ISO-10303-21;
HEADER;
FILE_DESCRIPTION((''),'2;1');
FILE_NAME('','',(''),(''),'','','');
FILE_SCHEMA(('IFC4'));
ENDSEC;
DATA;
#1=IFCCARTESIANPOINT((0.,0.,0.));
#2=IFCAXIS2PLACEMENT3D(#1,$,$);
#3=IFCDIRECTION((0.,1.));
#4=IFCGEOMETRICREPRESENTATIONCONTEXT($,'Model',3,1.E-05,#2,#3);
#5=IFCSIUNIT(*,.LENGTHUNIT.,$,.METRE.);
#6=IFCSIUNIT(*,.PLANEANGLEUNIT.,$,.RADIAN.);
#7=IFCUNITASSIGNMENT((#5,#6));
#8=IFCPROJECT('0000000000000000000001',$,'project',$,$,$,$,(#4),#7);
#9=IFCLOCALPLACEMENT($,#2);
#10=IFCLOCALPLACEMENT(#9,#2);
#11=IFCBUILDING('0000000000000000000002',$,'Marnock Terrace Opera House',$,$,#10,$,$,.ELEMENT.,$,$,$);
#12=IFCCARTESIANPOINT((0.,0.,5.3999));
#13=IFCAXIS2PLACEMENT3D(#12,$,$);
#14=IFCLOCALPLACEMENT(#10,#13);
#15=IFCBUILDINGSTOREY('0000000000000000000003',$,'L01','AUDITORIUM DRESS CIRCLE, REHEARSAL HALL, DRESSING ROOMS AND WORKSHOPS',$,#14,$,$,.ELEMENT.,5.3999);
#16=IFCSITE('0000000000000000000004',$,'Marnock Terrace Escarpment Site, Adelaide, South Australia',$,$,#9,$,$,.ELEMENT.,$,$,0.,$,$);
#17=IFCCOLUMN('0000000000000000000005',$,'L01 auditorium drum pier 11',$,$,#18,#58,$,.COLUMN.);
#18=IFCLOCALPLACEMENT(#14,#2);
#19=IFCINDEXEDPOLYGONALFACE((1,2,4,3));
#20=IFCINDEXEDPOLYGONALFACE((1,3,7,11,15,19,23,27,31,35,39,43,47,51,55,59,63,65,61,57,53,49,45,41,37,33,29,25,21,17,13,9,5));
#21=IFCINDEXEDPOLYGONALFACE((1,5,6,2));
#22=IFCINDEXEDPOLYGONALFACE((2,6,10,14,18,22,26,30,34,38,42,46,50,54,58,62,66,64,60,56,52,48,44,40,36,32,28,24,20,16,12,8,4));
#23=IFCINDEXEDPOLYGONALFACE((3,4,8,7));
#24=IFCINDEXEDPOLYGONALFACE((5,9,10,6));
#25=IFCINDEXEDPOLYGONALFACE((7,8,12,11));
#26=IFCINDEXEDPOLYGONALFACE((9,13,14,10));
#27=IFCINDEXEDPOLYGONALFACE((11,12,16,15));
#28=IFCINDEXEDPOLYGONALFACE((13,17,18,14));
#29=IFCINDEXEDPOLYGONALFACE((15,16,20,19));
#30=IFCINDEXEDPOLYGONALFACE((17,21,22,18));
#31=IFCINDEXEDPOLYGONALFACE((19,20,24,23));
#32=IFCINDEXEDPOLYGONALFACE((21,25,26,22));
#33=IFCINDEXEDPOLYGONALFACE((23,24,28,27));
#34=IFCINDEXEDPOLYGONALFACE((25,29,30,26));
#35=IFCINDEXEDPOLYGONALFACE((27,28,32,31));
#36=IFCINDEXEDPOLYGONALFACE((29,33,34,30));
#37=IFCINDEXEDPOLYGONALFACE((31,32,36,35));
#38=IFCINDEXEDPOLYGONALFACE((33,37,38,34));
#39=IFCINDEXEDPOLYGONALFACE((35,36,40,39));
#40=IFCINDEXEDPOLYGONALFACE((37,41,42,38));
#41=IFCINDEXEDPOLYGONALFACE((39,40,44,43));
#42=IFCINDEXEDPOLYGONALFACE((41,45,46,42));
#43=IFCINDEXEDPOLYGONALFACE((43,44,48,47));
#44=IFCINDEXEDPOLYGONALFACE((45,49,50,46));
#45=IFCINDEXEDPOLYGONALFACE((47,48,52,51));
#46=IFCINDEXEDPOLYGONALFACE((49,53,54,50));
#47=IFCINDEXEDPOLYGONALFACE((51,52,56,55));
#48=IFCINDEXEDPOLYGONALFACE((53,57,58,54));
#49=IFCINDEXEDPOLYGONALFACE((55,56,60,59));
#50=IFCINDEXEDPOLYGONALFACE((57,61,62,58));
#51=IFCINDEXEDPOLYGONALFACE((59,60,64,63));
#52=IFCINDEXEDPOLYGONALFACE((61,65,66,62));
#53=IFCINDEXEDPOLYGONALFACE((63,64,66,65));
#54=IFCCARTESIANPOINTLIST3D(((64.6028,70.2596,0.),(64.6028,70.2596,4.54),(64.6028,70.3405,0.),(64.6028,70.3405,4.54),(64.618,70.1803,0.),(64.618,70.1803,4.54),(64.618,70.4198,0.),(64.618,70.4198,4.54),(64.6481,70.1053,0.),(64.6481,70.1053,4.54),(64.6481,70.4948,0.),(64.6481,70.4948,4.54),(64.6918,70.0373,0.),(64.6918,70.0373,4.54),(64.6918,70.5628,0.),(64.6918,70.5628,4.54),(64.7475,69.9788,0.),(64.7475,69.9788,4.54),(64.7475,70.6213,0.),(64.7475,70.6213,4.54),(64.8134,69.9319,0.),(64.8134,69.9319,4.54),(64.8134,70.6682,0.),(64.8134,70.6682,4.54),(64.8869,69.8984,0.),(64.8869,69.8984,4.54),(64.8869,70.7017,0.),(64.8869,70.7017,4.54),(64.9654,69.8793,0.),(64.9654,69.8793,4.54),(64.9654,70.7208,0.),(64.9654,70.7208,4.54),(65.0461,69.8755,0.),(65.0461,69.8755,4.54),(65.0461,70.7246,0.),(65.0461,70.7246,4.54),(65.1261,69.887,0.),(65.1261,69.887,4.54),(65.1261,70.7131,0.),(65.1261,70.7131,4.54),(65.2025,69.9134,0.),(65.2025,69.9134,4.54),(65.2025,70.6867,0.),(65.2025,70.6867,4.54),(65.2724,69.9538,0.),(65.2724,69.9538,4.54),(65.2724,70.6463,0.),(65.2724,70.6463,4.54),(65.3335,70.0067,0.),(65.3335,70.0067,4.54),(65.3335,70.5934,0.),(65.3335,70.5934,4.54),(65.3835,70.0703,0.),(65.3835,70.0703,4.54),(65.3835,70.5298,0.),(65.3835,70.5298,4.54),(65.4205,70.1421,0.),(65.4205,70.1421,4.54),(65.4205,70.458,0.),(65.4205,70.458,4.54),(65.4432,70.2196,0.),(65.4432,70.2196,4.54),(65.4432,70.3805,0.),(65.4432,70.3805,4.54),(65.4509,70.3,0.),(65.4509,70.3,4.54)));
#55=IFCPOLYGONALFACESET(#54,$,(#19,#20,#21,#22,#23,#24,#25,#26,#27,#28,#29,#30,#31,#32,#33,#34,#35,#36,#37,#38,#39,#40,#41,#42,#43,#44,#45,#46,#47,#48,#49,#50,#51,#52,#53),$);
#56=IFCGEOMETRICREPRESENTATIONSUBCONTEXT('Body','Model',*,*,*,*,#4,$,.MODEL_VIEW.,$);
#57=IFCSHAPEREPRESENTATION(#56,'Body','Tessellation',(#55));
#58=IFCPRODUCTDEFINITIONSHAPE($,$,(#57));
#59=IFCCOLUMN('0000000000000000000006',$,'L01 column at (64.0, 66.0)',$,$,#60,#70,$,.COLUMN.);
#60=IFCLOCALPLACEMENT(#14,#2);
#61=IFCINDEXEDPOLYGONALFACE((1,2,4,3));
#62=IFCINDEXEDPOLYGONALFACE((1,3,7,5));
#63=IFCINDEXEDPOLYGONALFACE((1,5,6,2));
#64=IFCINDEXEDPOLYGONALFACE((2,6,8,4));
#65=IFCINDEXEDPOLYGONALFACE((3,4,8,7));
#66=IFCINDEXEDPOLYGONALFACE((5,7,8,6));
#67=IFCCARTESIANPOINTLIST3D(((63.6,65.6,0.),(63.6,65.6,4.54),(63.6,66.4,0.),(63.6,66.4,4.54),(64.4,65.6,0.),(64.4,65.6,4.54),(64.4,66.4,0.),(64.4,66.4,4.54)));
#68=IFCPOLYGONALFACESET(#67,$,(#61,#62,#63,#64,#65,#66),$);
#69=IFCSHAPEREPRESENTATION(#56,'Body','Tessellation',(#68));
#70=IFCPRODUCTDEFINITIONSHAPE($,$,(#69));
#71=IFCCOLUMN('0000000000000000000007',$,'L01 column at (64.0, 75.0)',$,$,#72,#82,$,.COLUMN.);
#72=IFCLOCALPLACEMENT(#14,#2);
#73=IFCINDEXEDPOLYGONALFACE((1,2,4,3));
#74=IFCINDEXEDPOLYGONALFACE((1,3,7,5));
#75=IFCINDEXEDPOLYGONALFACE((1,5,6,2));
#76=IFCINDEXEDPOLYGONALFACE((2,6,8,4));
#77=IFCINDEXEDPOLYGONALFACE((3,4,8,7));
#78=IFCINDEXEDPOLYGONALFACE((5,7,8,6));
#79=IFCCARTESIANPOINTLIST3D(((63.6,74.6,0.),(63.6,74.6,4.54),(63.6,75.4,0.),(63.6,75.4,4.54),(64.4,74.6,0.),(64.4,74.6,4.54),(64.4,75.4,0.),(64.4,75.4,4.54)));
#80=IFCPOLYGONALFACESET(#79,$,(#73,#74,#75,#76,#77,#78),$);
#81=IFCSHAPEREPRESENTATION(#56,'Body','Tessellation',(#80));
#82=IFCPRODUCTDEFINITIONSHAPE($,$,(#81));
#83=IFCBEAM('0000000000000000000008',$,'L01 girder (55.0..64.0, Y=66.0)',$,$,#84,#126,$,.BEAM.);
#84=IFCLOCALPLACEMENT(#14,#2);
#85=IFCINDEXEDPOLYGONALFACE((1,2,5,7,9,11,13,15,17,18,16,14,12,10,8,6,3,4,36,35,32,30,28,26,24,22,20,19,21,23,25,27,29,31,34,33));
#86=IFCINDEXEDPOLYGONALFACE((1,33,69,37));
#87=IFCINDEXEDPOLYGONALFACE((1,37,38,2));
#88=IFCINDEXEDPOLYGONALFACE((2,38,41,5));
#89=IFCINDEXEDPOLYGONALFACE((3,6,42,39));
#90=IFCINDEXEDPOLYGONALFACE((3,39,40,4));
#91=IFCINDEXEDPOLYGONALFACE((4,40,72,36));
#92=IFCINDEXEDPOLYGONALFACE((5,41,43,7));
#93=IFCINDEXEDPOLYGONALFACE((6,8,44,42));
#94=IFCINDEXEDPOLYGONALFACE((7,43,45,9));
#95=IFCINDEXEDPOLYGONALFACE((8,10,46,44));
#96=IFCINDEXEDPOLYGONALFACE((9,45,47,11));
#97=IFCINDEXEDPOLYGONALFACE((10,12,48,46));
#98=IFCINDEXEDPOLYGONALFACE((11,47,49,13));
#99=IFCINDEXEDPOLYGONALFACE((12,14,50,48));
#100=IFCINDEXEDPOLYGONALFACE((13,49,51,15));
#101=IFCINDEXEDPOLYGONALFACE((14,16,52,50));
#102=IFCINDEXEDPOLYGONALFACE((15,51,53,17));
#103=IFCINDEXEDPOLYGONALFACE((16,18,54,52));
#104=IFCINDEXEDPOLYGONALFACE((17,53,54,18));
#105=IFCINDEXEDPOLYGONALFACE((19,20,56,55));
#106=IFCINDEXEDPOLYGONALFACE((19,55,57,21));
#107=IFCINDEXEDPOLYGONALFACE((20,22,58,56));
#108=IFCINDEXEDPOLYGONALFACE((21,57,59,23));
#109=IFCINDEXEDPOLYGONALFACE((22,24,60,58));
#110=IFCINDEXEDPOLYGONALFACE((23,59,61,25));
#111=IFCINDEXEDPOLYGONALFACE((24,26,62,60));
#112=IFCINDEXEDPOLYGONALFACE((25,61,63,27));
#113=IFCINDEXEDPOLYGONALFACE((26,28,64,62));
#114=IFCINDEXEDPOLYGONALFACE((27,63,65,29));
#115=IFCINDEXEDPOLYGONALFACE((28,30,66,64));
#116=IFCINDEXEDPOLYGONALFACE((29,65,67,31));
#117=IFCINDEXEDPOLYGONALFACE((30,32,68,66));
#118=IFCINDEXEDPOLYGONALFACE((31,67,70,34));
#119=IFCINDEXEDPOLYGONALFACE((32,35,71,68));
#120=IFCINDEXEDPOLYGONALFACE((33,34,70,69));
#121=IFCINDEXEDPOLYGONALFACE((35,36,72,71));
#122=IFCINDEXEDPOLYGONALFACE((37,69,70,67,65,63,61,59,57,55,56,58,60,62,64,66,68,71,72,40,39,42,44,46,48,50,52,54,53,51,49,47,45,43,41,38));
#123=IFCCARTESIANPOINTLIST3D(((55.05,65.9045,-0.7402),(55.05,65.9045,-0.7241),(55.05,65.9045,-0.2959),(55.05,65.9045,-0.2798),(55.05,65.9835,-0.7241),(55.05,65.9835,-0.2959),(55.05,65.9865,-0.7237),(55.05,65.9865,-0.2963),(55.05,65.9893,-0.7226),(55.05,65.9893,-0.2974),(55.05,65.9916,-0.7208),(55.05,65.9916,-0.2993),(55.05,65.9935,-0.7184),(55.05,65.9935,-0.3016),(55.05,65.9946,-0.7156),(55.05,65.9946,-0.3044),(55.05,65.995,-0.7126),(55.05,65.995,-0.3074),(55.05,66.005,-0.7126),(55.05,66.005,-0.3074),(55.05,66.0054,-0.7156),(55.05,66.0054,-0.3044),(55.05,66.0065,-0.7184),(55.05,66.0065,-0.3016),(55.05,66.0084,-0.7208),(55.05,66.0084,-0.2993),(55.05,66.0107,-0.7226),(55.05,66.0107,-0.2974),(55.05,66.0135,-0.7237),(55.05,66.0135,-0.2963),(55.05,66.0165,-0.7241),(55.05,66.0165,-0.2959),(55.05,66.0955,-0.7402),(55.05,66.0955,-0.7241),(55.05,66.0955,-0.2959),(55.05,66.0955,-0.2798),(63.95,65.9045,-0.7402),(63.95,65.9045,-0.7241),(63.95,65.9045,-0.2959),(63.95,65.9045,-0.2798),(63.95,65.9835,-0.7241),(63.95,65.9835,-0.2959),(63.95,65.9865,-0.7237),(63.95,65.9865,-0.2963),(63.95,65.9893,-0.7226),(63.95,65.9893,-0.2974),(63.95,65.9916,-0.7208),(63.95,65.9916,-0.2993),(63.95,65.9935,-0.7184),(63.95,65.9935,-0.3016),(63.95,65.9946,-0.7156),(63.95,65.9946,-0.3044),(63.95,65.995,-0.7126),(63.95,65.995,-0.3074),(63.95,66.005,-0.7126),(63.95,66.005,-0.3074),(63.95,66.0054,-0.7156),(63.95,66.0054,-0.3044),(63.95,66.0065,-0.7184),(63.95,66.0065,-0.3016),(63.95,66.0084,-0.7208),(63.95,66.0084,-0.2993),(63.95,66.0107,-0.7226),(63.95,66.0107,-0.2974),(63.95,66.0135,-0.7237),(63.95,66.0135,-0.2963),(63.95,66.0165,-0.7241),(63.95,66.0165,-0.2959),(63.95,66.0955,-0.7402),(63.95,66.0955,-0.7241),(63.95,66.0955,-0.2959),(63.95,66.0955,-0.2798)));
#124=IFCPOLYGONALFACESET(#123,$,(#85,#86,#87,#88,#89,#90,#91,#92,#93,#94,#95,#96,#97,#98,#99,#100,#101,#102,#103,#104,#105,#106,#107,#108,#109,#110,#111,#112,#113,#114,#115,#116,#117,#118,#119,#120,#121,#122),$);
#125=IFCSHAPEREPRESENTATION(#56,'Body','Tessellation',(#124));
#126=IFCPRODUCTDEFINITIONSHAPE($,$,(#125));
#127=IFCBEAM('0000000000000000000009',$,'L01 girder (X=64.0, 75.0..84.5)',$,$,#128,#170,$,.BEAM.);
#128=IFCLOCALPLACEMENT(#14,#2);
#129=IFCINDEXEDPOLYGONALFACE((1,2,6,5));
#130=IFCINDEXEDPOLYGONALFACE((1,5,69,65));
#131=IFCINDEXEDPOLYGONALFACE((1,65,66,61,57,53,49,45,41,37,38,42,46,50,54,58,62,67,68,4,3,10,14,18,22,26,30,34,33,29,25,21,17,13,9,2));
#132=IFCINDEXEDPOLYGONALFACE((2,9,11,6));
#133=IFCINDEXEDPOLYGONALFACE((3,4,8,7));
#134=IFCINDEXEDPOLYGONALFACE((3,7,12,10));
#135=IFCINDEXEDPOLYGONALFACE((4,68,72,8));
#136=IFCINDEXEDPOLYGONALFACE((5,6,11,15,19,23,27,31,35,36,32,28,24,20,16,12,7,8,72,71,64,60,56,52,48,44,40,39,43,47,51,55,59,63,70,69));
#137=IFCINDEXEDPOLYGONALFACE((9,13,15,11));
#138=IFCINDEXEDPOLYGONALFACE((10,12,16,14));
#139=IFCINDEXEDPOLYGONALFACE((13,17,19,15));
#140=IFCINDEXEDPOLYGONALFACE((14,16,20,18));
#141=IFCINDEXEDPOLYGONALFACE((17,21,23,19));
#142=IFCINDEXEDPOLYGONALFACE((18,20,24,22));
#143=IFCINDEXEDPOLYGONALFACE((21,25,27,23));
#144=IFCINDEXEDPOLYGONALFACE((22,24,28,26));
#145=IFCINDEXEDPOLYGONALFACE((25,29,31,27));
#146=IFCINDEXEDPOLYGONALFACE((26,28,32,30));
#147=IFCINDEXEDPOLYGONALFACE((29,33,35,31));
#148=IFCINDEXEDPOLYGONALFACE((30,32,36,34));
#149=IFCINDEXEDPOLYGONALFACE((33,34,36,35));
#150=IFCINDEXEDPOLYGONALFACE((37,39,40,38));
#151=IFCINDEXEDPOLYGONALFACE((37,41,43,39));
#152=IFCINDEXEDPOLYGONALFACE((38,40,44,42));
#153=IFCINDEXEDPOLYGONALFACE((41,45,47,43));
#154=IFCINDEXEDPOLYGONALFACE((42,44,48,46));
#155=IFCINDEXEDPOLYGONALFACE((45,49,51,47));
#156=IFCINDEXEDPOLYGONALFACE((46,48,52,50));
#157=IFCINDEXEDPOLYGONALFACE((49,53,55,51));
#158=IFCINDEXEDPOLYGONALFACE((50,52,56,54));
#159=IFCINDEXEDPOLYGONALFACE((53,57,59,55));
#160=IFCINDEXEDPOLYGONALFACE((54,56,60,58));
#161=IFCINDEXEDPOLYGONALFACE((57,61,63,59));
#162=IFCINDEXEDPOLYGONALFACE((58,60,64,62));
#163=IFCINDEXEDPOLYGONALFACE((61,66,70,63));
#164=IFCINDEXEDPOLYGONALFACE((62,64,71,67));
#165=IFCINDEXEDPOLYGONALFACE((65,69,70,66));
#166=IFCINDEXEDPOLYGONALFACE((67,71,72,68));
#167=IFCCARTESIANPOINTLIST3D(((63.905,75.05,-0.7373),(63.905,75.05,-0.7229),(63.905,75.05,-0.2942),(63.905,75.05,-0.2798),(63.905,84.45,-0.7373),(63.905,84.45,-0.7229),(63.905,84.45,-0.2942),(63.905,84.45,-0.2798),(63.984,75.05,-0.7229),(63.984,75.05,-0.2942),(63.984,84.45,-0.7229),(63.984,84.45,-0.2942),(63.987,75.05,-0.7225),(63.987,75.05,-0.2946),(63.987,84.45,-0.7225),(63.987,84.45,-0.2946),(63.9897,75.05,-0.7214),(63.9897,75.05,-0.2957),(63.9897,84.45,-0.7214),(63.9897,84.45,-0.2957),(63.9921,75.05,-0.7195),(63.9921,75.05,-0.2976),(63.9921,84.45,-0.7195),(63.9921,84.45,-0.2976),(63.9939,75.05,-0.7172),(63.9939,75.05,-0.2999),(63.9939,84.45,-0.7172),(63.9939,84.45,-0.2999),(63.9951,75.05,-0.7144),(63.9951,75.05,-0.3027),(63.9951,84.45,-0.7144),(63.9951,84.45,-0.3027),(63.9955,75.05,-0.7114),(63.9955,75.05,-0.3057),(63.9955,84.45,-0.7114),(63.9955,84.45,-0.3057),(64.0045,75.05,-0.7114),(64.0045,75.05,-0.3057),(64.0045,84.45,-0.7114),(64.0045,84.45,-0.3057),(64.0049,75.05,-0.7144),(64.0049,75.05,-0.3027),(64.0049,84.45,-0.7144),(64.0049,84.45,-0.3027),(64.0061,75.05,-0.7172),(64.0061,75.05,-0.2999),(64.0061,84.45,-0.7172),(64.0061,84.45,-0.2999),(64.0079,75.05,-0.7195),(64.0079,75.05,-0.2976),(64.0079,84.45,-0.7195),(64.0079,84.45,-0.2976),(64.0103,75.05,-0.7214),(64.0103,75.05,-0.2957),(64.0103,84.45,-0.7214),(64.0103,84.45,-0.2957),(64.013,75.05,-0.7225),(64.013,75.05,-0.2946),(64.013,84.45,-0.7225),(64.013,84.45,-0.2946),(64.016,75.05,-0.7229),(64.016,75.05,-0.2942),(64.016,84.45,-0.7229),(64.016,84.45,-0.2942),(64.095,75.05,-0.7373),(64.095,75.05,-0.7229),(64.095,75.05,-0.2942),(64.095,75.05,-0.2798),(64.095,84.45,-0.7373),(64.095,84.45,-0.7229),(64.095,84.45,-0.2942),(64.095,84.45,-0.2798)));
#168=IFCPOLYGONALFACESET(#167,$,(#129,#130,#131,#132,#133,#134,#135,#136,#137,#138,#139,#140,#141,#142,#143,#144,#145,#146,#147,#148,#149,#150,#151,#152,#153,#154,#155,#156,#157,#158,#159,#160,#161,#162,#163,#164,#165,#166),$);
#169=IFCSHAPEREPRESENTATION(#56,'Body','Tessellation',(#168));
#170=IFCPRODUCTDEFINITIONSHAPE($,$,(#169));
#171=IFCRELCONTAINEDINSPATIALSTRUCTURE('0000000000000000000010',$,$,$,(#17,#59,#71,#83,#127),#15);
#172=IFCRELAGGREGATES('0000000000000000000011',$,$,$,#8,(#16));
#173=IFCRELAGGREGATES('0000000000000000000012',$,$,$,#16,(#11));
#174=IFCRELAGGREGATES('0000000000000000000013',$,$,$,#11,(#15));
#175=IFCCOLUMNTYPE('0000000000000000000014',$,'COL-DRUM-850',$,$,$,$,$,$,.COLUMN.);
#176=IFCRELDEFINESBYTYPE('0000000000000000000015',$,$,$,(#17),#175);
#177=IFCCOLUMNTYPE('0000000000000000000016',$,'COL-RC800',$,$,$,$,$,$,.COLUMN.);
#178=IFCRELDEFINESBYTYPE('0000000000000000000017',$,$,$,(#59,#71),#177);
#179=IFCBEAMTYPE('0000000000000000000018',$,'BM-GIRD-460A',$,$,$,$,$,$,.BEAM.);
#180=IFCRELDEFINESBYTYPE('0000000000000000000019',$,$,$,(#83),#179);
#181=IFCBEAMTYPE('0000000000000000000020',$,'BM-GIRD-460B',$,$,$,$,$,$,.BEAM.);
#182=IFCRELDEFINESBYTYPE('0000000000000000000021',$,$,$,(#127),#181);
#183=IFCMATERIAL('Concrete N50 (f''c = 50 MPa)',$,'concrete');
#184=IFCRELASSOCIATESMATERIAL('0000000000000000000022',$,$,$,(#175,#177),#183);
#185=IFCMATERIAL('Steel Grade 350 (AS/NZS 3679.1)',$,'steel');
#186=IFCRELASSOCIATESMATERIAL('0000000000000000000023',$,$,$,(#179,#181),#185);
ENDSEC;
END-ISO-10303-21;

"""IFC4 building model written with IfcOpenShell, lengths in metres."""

from ifc_helpers import new_model, si_unit, direction, frame, origin, origin_2d, place, context, subcontext, project, spatial, rectangle, circle, i_section, extrude, material, material_profile, profile_set, type_object, element, save


model = new_model("IFC4")

# Units and contexts
model_context = context("Model", 3, precision=1e-05, world=origin(), true_north=direction((0.0, 1.0)))
body_context = subcontext(model_context, "Body", "Model", "MODEL_VIEW")
ifc_project = project(units=[si_unit("LENGTHUNIT", "METRE"), si_unit("PLANEANGLEUNIT", "RADIAN")], contexts=[model_context])

# Site, building, storey
site_placement = place(None, origin())
site = spatial("IfcSite", under=ifc_project, at=site_placement, Name="Marnock Terrace Escarpment Site, Adelaide, South Australia", CompositionType="ELEMENT", RefElevation=0.0)
building_placement = place(site_placement, origin())
building = spatial("IfcBuilding", under=site, at=building_placement, Name="Marnock Terrace Opera House", CompositionType="ELEMENT")
storey_placement = place(building_placement, frame((0.0, 0.0, 5.3999)))
storey = spatial("IfcBuildingStorey", under=building, at=storey_placement, Name="L01", Description="AUDITORIUM DRESS CIRCLE, REHEARSAL HALL, DRESSING ROOMS AND WORKSHOPS", CompositionType="ELEMENT", Elevation=5.3999)

# Columns
ifc_material_1 = material(Name="Concrete N50 (f'c = 50 MPa)", Category="concrete")
ifc_material_profile_1 = material_profile(ifc_material_1, circle(Radius=0.425, at=origin_2d()))
ifc_profile_set_1 = profile_set([ifc_material_profile_1], Name="Concrete N50 (f'c = 50 MPa)")
column_type_1 = type_object("IfcColumnType", Name="COL-DRUM-850", PredefinedType="COLUMN", material=ifc_profile_set_1)
column_placement = place(storey_placement, frame((65.0259, 70.3, 0.0), z_axis=(0.0, 0.0, 1.0), x_axis=(1.0, 0.0, 0.0)))
element("IfcColumn", 1, at=column_placement, inside=storey, type_object=column_type_1, Name="L01 auditorium drum pier 11", PredefinedType="COLUMN", context=body_context, shape_type="SweptSolid", body=[
    extrude(circle(Radius=0.425, at=origin_2d()), origin(), (0.0, 0.0, 1.0), 4.54),
])
ifc_material_profile_2 = material_profile(ifc_material_1, rectangle(XDim=0.8, YDim=0.8, at=origin_2d()))
ifc_profile_set_2 = profile_set([ifc_material_profile_2], Name="Concrete N50 (f'c = 50 MPa)")
column_type_2 = type_object("IfcColumnType", Name="COL-RC800", PredefinedType="COLUMN", material=ifc_profile_set_2)
for number, where, z_axis, x_axis, name in (
    (2, (64.0, 66.0, 0.0), (0.0, 0.0, 1.0), (1.0, 0.0, 0.0), "L01 column at (64.0, 66.0)"),
    (3, (64.0, 75.0, 0.0), (0.0, 0.0, 1.0), (1.0, 0.0, 0.0), "L01 column at (64.0, 75.0)"),
):
    element("IfcColumn", number, at=place(storey_placement, frame(where, z_axis=z_axis, x_axis=x_axis)), inside=storey, type_object=column_type_2, Name=name, PredefinedType="COLUMN", context=body_context, shape_type="SweptSolid", body=[
        extrude(rectangle(XDim=0.8, YDim=0.8, at=origin_2d()), origin(), (0.0, 0.0, 1.0), 4.54),
    ])

# Beams
ifc_material_2 = material(Name="Steel Grade 350 (AS/NZS 3679.1)", Category="steel")
ifc_material_profile_3 = material_profile(ifc_material_2, i_section(OverallWidth=0.1909, OverallDepth=0.4604, WebThickness=0.01, FlangeThickness=0.0161, FilletRadius=0.0115, at=origin_2d()))
ifc_profile_set_3 = profile_set([ifc_material_profile_3], Name="Steel Grade 350 (AS/NZS 3679.1)")
beam_type_1 = type_object("IfcBeamType", Name="BM-GIRD-460A", PredefinedType="BEAM", material=ifc_profile_set_3)
beam_1_placement = place(storey_placement, frame((55.05, 66.0, -0.51), z_axis=(1.0, 0.0, 0.0), x_axis=(0.0, 1.0, 0.0)))
element("IfcBeam", 4, at=beam_1_placement, inside=storey, type_object=beam_type_1, Name="L01 girder (55.0..64.0, Y=66.0)", PredefinedType="BEAM", context=body_context, shape_type="SweptSolid", body=[
    extrude(i_section(OverallWidth=0.1909, OverallDepth=0.4604, WebThickness=0.01, FlangeThickness=0.0161, FilletRadius=0.0115, at=origin_2d()), origin(), (0.0, 0.0, 1.0), 8.8999),
])
ifc_material_profile_4 = material_profile(ifc_material_2, i_section(OverallWidth=0.1899, OverallDepth=0.4575, WebThickness=0.009, FlangeThickness=0.0144, FilletRadius=0.0115, at=origin_2d()))
ifc_profile_set_4 = profile_set([ifc_material_profile_4], Name="Steel Grade 350 (AS/NZS 3679.1)")
beam_type_2 = type_object("IfcBeamType", Name="BM-GIRD-460B", PredefinedType="BEAM", material=ifc_profile_set_4)
beam_2_placement = place(storey_placement, frame((64.0, 75.05, -0.5085), z_axis=(0.0, 1.0, 0.0), x_axis=(-1.0, 0.0, 0.0)))
element("IfcBeam", 5, at=beam_2_placement, inside=storey, type_object=beam_type_2, Name="L01 girder (X=64.0, 75.0..84.5)", PredefinedType="BEAM", context=body_context, shape_type="SweptSolid", body=[
    extrude(i_section(OverallWidth=0.1899, OverallDepth=0.4575, WebThickness=0.009, FlangeThickness=0.0144, FilletRadius=0.0115, at=origin_2d()), origin(), (0.0, 0.0, 1.0), 9.3999),
])

save(model, "model.ifc")
